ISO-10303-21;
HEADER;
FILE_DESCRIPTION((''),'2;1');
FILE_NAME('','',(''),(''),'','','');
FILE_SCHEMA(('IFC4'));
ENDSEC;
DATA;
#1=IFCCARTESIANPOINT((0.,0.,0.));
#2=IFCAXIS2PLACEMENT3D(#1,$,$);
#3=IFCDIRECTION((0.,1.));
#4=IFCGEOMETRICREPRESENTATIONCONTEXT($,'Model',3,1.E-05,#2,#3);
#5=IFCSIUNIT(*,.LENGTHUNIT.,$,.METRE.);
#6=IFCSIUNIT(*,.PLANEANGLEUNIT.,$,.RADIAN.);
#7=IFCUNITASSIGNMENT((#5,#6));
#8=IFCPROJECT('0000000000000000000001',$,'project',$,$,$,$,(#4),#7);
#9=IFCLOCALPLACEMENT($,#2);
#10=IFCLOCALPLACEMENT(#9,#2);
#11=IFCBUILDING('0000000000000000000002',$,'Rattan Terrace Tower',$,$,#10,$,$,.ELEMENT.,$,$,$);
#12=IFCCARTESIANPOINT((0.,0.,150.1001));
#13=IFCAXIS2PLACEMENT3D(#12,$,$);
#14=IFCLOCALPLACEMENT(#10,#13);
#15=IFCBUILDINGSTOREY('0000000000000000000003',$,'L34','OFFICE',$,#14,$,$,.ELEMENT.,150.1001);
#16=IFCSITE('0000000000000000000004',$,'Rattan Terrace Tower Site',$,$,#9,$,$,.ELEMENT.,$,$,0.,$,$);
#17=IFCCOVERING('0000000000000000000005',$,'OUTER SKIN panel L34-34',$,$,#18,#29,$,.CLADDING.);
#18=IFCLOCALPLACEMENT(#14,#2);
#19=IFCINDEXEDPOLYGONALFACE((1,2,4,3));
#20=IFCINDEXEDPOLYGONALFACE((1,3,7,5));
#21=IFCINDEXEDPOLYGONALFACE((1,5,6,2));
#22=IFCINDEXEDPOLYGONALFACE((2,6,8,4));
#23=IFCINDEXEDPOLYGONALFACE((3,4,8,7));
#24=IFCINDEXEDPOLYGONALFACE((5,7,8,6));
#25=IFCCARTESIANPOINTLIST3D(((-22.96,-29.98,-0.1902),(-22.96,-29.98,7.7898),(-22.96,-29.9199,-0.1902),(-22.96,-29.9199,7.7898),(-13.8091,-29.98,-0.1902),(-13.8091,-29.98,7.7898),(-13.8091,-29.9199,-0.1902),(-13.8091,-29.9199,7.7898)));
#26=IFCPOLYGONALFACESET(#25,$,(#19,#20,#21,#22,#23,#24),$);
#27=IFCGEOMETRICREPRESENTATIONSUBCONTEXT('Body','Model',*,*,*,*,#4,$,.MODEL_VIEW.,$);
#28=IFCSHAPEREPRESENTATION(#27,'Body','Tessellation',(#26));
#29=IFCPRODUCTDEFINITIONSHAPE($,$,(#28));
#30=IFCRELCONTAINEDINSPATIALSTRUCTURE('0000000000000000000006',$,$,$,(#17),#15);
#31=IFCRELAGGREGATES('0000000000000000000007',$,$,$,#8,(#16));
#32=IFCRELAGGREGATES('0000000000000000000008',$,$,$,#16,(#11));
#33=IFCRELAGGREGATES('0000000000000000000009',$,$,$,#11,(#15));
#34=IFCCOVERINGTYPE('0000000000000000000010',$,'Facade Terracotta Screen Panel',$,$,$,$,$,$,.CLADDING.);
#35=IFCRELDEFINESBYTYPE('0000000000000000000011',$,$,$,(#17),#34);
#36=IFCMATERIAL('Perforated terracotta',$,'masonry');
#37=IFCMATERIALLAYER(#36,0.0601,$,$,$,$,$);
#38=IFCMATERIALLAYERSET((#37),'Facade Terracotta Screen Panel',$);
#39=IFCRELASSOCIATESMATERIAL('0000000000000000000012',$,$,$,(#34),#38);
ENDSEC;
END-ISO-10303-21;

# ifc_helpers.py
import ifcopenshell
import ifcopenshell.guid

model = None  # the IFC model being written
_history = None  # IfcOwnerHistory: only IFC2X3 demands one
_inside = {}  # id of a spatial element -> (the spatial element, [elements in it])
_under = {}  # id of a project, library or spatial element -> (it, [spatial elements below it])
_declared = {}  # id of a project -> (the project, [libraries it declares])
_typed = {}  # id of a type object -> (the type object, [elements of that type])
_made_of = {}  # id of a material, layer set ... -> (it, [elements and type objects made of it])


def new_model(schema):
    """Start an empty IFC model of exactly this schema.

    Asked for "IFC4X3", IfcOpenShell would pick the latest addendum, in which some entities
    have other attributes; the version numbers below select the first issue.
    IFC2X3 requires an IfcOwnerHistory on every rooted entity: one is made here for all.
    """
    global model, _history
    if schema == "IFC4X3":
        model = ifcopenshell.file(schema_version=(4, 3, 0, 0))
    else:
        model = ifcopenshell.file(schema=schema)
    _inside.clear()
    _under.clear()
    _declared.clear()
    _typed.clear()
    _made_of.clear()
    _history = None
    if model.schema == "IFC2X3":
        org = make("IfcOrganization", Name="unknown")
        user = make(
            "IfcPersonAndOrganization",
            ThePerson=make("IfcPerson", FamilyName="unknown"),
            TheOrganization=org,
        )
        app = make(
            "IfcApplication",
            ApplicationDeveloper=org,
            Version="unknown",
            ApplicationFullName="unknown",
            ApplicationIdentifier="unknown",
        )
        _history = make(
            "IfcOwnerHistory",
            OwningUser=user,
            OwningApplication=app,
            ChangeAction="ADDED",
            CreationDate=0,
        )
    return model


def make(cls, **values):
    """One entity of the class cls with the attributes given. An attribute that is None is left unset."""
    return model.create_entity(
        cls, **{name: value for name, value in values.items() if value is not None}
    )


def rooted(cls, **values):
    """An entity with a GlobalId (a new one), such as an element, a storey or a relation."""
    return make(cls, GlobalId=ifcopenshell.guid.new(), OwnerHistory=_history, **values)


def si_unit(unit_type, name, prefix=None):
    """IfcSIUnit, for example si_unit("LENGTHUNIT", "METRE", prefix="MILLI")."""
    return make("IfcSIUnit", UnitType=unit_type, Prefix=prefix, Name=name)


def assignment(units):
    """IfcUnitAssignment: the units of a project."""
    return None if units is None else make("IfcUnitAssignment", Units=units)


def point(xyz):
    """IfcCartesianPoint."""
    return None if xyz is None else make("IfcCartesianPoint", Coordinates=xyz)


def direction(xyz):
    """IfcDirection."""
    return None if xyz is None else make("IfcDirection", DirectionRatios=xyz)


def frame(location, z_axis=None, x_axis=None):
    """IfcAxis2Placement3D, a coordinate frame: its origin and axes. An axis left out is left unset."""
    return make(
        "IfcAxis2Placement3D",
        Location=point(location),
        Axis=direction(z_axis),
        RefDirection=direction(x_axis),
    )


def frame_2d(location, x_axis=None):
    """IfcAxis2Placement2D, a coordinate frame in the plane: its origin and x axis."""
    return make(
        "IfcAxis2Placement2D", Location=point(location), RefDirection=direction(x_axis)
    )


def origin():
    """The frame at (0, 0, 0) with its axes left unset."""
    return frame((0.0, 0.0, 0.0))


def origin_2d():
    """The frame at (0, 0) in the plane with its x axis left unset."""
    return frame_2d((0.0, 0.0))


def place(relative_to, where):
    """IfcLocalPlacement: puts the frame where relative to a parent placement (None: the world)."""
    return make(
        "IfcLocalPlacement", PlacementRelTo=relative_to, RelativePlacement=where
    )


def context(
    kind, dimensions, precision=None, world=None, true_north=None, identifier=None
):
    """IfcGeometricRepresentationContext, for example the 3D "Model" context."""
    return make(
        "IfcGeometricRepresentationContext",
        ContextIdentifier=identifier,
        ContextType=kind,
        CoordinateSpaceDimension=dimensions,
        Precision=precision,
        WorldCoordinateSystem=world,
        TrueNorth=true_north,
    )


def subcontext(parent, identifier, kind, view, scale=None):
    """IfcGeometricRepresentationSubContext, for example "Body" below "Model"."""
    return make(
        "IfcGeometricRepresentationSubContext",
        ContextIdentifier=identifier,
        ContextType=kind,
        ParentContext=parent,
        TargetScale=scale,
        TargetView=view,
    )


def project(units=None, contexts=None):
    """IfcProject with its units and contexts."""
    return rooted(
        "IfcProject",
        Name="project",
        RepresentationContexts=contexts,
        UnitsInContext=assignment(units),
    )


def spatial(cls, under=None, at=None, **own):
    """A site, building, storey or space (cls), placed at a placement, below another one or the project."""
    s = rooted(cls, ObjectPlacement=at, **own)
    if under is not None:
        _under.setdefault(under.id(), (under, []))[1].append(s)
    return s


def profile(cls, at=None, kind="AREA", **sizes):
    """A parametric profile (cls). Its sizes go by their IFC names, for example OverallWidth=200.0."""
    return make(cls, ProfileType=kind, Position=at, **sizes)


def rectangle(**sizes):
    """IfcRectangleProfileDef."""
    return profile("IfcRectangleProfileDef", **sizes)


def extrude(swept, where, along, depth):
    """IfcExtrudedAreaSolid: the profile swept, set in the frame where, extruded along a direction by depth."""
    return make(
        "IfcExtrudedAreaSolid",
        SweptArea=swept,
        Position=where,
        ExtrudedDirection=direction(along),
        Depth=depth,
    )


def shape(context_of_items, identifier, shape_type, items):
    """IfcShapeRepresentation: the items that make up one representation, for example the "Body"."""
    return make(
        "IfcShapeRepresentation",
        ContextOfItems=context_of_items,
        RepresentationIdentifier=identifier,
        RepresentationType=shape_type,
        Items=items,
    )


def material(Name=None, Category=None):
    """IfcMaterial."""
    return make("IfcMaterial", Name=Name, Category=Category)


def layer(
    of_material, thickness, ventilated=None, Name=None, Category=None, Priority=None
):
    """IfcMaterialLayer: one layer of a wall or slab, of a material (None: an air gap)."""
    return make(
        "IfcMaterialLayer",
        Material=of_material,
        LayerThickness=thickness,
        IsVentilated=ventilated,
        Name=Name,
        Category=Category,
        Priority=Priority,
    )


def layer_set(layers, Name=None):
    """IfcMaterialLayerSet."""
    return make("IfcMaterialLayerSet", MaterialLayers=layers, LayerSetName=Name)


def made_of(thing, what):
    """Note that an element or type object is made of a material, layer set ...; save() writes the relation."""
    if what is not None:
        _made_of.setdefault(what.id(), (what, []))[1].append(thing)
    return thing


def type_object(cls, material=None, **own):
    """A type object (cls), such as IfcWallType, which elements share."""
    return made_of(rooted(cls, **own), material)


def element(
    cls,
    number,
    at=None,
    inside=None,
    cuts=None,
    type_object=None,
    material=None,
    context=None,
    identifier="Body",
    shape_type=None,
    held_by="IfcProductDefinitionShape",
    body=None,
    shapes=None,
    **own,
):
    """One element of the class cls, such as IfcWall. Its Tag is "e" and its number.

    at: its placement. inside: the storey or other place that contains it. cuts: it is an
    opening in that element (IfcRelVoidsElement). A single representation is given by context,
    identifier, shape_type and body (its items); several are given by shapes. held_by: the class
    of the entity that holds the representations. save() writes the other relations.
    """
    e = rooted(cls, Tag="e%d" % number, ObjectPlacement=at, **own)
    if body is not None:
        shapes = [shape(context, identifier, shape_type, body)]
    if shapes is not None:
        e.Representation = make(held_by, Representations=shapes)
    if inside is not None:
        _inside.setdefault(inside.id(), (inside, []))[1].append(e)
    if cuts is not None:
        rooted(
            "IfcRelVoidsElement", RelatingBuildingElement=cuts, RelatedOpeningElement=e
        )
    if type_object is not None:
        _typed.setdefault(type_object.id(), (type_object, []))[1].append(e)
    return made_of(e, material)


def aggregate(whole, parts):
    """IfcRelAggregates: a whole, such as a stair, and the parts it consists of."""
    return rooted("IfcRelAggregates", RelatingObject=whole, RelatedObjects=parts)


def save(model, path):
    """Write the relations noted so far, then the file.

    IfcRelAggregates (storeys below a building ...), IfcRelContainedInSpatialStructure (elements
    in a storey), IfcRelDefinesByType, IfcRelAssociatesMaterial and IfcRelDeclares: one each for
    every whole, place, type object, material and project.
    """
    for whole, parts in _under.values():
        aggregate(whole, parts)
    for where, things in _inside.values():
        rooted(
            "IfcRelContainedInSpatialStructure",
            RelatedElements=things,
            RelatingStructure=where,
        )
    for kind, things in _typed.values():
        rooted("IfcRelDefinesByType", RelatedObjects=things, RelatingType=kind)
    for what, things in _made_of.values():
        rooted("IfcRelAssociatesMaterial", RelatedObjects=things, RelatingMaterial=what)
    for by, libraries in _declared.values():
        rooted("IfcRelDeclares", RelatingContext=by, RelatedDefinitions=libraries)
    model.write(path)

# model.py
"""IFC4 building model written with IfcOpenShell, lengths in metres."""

from ifc_helpers import new_model, si_unit, direction, frame, origin, origin_2d, place, context, subcontext, project, spatial, rectangle, extrude, material, layer, layer_set, type_object, element, save


model = new_model("IFC4")

# Units and contexts
model_context = context("Model", 3, precision=1e-05, world=origin(), true_north=direction((0.0, 1.0)))
body_context = subcontext(model_context, "Body", "Model", "MODEL_VIEW")
ifc_project = project(units=[si_unit("LENGTHUNIT", "METRE"), si_unit("PLANEANGLEUNIT", "RADIAN")], contexts=[model_context])

# Site, building, storey
site_placement = place(None, origin())
site = spatial("IfcSite", under=ifc_project, at=site_placement, Name="Rattan Terrace Tower Site", CompositionType="ELEMENT", RefElevation=0.0)
building_placement = place(site_placement, origin())
building = spatial("IfcBuilding", under=site, at=building_placement, Name="Rattan Terrace Tower", CompositionType="ELEMENT")
storey_placement = place(building_placement, frame((0.0, 0.0, 150.1001)))
storey = spatial("IfcBuildingStorey", under=building, at=storey_placement, Name="L34", Description="OFFICE", CompositionType="ELEMENT", Elevation=150.1001)

# Covering
ifc_material_1 = material(Name="Perforated terracotta", Category="masonry")
ifc_layer_1 = layer(ifc_material_1, 0.0601)
ifc_layer_set_1 = layer_set([ifc_layer_1], Name="Facade Terracotta Screen Panel")
covering_type = type_object("IfcCoveringType", Name="Facade Terracotta Screen Panel", PredefinedType="CLADDING", material=ifc_layer_set_1)
covering_1_placement = place(storey_placement, frame((-18.3845, -29.95, -0.1902), z_axis=(0.0, 0.0, 1.0), x_axis=(1.0, 0.0, 0.0)))
element("IfcCovering", 1, at=covering_1_placement, inside=storey, type_object=covering_type, Name="OUTER SKIN panel L34-34", PredefinedType="CLADDING", context=body_context, shape_type="SweptSolid", body=[
    extrude(rectangle(XDim=9.1509, YDim=0.0601, at=origin_2d()), origin(), (0.0, 0.0, 1.0), 7.98),
])

save(model, "model.ifc")
